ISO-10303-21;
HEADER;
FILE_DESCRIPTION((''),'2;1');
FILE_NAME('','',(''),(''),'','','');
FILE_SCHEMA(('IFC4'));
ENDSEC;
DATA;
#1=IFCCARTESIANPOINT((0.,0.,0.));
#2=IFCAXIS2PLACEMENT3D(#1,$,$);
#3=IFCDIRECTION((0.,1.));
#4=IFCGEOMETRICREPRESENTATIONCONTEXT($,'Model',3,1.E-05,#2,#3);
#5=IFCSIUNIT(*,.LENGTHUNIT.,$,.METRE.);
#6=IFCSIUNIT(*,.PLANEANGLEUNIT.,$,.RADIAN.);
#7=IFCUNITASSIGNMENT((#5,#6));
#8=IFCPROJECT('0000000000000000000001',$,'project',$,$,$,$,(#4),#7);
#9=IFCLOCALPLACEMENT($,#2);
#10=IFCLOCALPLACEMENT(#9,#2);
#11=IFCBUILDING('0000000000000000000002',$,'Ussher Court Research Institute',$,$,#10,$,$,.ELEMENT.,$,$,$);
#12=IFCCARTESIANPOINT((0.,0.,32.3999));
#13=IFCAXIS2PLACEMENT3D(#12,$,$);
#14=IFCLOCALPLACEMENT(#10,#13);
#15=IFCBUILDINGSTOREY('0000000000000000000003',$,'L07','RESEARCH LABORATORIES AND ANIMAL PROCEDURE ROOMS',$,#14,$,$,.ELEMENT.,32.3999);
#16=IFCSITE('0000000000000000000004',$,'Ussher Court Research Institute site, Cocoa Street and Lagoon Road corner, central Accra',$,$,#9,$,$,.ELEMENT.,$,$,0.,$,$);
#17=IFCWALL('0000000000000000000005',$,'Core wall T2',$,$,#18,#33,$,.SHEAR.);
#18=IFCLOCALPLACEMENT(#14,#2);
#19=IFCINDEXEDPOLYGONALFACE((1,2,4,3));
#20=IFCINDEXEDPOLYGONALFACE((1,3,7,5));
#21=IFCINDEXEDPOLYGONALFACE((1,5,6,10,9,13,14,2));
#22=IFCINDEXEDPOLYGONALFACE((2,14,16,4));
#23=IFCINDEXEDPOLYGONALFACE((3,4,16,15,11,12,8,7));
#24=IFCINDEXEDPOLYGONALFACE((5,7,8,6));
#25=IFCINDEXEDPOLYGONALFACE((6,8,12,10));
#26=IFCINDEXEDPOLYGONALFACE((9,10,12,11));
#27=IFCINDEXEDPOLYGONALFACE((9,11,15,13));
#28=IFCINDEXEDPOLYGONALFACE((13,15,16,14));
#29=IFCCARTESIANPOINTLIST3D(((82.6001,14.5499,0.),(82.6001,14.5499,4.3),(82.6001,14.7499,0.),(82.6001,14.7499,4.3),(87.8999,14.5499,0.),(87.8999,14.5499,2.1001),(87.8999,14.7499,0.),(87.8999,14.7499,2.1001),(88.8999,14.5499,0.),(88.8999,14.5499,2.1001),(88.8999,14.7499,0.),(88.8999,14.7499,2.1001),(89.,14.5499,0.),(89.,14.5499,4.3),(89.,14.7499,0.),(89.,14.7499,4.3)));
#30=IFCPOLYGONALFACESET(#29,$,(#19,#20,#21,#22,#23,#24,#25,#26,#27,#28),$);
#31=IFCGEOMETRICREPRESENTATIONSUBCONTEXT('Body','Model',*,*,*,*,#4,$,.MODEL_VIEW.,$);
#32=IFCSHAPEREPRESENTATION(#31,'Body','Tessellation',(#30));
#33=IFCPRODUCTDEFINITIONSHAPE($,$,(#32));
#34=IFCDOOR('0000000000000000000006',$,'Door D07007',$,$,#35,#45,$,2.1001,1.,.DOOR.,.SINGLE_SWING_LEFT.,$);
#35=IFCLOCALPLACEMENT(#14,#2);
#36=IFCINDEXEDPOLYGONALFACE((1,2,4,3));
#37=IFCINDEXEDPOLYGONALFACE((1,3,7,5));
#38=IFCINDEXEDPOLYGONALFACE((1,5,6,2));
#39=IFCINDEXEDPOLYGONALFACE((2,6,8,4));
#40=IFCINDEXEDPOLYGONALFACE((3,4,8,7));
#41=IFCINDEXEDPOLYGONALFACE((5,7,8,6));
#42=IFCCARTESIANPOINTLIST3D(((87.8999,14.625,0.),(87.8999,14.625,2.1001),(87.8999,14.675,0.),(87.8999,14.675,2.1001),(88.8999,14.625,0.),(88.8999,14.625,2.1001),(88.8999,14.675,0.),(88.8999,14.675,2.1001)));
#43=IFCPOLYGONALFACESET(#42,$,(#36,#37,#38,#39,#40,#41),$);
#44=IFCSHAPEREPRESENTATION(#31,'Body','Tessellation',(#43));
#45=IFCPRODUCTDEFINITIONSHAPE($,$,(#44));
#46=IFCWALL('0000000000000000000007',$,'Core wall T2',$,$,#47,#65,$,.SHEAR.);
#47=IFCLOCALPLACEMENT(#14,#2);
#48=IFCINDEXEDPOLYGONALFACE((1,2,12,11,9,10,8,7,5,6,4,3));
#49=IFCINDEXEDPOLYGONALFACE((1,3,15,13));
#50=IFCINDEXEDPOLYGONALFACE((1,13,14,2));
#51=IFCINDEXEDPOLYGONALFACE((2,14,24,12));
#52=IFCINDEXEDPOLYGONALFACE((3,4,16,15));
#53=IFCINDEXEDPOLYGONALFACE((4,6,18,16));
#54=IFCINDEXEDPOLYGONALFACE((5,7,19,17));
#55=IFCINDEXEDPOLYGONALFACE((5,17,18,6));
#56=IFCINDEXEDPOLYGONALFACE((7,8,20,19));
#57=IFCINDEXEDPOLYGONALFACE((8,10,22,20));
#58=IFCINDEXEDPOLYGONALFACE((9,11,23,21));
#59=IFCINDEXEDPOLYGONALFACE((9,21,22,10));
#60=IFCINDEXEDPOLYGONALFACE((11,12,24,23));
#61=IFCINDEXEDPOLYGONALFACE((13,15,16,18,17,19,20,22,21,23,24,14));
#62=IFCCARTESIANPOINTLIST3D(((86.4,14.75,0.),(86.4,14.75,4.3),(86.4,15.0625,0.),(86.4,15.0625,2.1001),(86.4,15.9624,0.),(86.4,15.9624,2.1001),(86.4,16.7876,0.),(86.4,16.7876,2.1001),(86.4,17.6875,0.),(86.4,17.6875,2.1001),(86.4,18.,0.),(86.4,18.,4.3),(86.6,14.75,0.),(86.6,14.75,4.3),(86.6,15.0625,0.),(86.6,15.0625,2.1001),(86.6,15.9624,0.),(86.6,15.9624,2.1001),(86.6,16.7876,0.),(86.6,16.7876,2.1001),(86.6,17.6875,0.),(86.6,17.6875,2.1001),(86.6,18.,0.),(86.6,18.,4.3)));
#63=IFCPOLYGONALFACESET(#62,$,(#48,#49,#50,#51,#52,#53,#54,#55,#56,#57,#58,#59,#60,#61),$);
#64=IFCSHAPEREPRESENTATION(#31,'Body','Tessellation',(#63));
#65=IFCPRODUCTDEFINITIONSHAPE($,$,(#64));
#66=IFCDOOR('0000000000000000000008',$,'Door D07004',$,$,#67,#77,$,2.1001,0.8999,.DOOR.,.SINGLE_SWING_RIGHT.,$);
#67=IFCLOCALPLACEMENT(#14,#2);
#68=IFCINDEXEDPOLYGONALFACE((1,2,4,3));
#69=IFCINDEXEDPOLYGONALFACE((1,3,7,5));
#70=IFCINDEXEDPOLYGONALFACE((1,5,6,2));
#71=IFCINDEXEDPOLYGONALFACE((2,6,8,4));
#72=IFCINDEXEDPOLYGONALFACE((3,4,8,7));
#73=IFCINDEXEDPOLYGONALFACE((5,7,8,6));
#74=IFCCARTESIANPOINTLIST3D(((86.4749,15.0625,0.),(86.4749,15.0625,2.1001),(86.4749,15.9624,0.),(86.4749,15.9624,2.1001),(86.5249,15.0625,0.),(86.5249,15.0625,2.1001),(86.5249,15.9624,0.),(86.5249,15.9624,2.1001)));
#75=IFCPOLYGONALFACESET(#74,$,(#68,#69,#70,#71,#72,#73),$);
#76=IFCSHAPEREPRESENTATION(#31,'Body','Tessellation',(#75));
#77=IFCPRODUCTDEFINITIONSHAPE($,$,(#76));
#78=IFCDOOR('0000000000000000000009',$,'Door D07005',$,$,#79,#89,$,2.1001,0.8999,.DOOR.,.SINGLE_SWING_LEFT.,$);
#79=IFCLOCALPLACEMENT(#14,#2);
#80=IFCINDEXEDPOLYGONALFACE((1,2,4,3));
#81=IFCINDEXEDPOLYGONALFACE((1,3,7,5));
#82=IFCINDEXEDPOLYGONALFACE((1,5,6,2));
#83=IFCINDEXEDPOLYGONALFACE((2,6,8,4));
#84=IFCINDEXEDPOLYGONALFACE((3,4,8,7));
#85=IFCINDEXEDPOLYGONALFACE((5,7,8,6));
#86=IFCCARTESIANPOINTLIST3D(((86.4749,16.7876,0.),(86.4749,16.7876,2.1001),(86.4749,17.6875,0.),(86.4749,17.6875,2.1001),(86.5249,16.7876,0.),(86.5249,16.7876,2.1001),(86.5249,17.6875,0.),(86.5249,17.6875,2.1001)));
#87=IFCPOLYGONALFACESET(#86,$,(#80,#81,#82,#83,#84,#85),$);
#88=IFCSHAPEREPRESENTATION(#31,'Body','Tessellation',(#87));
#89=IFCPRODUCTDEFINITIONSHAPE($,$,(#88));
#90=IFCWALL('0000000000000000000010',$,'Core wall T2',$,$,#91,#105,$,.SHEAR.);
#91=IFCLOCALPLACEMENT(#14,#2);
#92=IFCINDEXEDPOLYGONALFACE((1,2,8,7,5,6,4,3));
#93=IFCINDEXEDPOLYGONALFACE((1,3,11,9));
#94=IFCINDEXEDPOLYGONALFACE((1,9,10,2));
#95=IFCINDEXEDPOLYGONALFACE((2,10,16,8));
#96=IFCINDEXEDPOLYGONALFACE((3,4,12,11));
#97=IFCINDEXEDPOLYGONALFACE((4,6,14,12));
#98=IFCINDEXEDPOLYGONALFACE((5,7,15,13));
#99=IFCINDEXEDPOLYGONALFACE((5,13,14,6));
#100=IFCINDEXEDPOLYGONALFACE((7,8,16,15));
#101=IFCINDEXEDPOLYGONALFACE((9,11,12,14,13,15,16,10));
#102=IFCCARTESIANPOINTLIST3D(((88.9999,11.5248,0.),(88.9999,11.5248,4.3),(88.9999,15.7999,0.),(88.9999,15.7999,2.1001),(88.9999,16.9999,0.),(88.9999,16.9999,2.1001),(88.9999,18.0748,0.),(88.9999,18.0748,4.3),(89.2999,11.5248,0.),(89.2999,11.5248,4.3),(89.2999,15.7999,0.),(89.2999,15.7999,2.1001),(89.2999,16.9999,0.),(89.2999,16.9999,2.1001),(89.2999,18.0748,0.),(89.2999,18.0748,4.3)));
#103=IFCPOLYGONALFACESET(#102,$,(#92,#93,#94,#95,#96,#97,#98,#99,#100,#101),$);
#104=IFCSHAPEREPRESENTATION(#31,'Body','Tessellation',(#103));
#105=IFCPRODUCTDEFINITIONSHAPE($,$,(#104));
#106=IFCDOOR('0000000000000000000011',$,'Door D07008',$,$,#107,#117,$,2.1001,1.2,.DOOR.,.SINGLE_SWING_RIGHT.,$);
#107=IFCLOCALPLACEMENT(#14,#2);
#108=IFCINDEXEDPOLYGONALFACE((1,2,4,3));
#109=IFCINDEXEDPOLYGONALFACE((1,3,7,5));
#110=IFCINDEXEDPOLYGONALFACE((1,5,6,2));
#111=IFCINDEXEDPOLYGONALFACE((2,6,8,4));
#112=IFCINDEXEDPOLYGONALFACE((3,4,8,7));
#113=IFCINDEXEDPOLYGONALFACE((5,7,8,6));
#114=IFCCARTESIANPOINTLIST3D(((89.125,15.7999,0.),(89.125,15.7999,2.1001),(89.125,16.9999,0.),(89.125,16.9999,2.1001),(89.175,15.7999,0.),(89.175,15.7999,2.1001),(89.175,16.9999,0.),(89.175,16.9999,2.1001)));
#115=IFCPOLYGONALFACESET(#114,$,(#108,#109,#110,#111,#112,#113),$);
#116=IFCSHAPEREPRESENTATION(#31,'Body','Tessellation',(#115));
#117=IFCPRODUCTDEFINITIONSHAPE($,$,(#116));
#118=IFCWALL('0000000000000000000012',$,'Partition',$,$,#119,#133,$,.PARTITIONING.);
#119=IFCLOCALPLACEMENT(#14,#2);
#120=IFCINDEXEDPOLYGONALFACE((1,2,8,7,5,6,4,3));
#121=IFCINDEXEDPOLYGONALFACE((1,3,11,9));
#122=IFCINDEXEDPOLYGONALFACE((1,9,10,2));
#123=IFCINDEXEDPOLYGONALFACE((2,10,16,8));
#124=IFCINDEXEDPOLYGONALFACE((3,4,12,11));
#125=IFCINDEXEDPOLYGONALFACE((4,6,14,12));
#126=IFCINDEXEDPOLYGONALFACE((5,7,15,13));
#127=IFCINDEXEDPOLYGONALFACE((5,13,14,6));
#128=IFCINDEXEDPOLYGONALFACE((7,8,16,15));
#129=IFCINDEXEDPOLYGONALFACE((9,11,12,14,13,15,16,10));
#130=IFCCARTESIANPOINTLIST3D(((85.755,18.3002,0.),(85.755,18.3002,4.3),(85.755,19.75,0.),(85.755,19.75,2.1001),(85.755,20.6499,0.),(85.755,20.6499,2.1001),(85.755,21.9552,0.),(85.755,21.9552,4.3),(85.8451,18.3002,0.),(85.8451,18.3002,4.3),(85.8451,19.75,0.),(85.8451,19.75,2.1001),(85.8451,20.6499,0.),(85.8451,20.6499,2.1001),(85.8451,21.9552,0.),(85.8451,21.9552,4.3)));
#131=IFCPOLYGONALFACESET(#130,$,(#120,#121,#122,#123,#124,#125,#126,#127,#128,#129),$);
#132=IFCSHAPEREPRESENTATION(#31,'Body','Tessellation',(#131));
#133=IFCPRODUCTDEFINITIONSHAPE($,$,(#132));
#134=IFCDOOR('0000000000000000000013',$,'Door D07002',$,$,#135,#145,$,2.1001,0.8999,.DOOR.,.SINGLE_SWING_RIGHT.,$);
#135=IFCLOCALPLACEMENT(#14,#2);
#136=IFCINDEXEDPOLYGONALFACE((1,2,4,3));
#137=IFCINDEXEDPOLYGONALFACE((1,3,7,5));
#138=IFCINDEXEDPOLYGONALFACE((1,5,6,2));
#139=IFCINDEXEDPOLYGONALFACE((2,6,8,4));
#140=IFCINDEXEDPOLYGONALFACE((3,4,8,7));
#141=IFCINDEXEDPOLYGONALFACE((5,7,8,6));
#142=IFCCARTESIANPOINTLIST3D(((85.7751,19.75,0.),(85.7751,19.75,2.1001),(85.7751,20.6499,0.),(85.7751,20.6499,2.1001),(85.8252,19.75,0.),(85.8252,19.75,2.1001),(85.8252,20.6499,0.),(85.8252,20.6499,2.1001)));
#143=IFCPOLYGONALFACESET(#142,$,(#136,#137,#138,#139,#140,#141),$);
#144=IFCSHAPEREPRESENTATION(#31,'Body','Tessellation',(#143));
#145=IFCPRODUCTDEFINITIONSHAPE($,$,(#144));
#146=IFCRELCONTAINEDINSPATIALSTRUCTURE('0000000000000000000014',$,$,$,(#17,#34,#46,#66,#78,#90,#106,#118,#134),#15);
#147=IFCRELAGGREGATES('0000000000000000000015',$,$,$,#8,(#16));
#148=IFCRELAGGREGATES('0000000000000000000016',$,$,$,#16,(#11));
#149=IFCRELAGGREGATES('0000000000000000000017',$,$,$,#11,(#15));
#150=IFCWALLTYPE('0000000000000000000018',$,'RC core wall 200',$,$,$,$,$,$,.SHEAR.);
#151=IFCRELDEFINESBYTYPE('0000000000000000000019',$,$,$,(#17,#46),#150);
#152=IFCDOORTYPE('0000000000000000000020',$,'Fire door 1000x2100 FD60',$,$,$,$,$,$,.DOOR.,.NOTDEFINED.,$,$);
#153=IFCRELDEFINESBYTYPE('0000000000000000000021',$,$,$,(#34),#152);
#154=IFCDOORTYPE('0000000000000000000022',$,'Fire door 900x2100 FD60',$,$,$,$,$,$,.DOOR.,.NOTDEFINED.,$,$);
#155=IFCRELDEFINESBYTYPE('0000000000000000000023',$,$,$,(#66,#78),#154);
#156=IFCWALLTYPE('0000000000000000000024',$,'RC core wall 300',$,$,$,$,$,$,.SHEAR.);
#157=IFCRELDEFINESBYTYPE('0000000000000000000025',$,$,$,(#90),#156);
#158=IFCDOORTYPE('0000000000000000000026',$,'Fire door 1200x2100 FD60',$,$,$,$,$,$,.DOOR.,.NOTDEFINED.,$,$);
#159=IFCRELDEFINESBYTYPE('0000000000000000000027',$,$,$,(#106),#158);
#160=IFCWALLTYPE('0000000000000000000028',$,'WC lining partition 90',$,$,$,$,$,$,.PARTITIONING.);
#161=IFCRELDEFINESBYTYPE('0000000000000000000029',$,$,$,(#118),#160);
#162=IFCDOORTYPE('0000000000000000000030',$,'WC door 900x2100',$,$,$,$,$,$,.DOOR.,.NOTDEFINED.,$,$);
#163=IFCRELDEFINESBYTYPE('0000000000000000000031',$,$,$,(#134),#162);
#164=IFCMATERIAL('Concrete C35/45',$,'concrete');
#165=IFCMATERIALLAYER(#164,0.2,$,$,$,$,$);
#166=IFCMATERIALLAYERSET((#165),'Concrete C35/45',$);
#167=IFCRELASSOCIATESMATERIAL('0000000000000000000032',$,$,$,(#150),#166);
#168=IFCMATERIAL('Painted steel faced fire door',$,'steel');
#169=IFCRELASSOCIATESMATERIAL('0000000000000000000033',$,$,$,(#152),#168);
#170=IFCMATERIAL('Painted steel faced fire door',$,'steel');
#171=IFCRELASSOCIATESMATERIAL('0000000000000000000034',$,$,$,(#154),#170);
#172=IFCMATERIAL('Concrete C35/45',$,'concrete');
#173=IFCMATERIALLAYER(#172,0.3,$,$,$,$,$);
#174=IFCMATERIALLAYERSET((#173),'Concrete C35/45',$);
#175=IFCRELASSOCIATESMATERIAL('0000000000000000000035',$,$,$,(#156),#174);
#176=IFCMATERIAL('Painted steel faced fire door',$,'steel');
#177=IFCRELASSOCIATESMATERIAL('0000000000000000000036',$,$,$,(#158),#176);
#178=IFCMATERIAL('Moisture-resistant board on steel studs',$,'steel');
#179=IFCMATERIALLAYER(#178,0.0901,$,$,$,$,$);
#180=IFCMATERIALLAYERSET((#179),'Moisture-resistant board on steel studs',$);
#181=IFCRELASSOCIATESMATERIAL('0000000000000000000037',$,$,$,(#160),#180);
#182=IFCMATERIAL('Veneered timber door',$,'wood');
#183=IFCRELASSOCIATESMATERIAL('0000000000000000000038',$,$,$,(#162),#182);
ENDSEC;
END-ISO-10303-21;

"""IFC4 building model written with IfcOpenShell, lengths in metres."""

from ifc_helpers import new_model, si_unit, direction, frame, frame_2d, origin, place, context, subcontext, project, spatial, rectangle, extrude, material, layer, layer_set, type_object, element, fill, save


model = new_model("IFC4")

# Units and contexts
model_context = context("Model", 3, precision=1e-05, world=origin(), true_north=direction((0.0, 1.0)))
body_context = subcontext(model_context, "Body", "Model", "MODEL_VIEW")
ifc_project = project(units=[si_unit("LENGTHUNIT", "METRE"), si_unit("PLANEANGLEUNIT", "RADIAN")], contexts=[model_context])

# Site, building, storey
site_placement = place(None, origin())
site = spatial("IfcSite", under=ifc_project, at=site_placement, Name="Ussher Court Research Institute site, Cocoa Street and Lagoon Road corner, central Accra", CompositionType="ELEMENT", RefElevation=0.0)
building_placement = place(site_placement, origin())
building = spatial("IfcBuilding", under=site, at=building_placement, Name="Ussher Court Research Institute", CompositionType="ELEMENT")
storey_placement = place(building_placement, frame((0.0, 0.0, 32.3999)))
storey = spatial("IfcBuildingStorey", under=building, at=storey_placement, Name="L07", Description="RESEARCH LABORATORIES AND ANIMAL PROCEDURE ROOMS", CompositionType="ELEMENT", Elevation=32.3999)

# Wall, opening, door
ifc_material_1 = material(Name="Concrete C35/45", Category="concrete")
ifc_layer_1 = layer(ifc_material_1, 0.2)
ifc_layer_set_1 = layer_set([ifc_layer_1], Name="Concrete C35/45")
wall_type_1 = type_object("IfcWallType", Name="RC core wall 200", PredefinedType="SHEAR", material=ifc_layer_set_1)
wall_1_placement = place(storey_placement, frame((89.0, 14.6499, 0.0), z_axis=(0.0, 0.0, 1.0), x_axis=(-1.0, 0.0, 0.0)))
wall_1 = element("IfcWall", 1, at=wall_1_placement, inside=storey, type_object=wall_type_1, Name="Core wall T2", PredefinedType="SHEAR", context=body_context, shape_type="SweptSolid", body=[
    extrude(rectangle(XDim=6.3999, YDim=0.2, at=frame_2d((3.2, 0.0))), origin(), (0.0, 0.0, 1.0), 4.3),
])
opening_1_placement = place(wall_1_placement, frame((0.1001, 0.0, 0.0)))
opening_1 = element("IfcOpeningElement", 2, at=opening_1_placement, cuts=wall_1, PredefinedType="OPENING", context=body_context, shape_type="SweptSolid", body=[
    extrude(rectangle(XDim=1.0, YDim=2.1001, at=frame_2d((0.5, 1.05))), frame((0.0, 0.1099, 0.0), z_axis=(0.0, -1.0, 0.0), x_axis=(1.0, 0.0, 0.0)), (0.0, 0.0, 1.0), 0.22),
])
ifc_material_2 = material(Name="Painted steel faced fire door", Category="steel")
door_type_1 = type_object("IfcDoorType", Name="Fire door 1000x2100 FD60", OperationType="NOTDEFINED", PredefinedType="DOOR", material=ifc_material_2)
door_1_placement = place(opening_1_placement, origin())
door_1 = element("IfcDoor", 3, at=door_1_placement, inside=storey, type_object=door_type_1, Name="Door D07007", OperationType="SINGLE_SWING_LEFT", OverallHeight=2.1001, OverallWidth=1.0, PredefinedType="DOOR", context=body_context, shape_type="SweptSolid", body=[
    extrude(rectangle(XDim=1.0, YDim=2.1001, at=frame_2d((0.5, 1.05))), frame((0.0, 0.0249, 0.0), z_axis=(0.0, -1.0, 0.0), x_axis=(1.0, 0.0, 0.0)), (0.0, 0.0, 1.0), 0.05),
])
fill(opening_1, door_1)

# Wall, openings, doors
wall_2_placement = place(storey_placement, frame((86.5, 18.0, 0.0), z_axis=(0.0, 0.0, 1.0), x_axis=(0.0, -1.0, 0.0)))
wall_2 = element("IfcWall", 4, at=wall_2_placement, inside=storey, type_object=wall_type_1, Name="Core wall T2", PredefinedType="SHEAR", context=body_context, shape_type="SweptSolid", body=[
    extrude(rectangle(XDim=3.25, YDim=0.2, at=frame_2d((1.625, 0.0))), origin(), (0.0, 0.0, 1.0), 4.3),
])
opening_2_placement = place(wall_2_placement, frame((2.0376, 0.0, 0.0)))
opening_2 = element("IfcOpeningElement", 5, at=opening_2_placement, cuts=wall_2, PredefinedType="OPENING", context=body_context, shape_type="SweptSolid", body=[
    extrude(rectangle(XDim=0.8999, YDim=2.1001, at=frame_2d((0.45, 1.05))), frame((0.0, 0.1099, 0.0), z_axis=(0.0, -1.0, 0.0), x_axis=(1.0, 0.0, 0.0)), (0.0, 0.0, 1.0), 0.22),
])
opening_3_placement = place(wall_2_placement, frame((0.3125, 0.0, 0.0)))
opening_3 = element("IfcOpeningElement", 6, at=opening_3_placement, cuts=wall_2, PredefinedType="OPENING", context=body_context, shape_type="SweptSolid", body=[
    extrude(rectangle(XDim=0.8999, YDim=2.1001, at=frame_2d((0.45, 1.05))), frame((0.0, 0.1099, 0.0), z_axis=(0.0, -1.0, 0.0), x_axis=(1.0, 0.0, 0.0)), (0.0, 0.0, 1.0), 0.22),
])
ifc_material_3 = material(Name="Painted steel faced fire door", Category="steel")
door_type_2 = type_object("IfcDoorType", Name="Fire door 900x2100 FD60", OperationType="NOTDEFINED", PredefinedType="DOOR", material=ifc_material_3)
door_2_placement = place(opening_2_placement, origin())
door_2 = element("IfcDoor", 7, at=door_2_placement, inside=storey, type_object=door_type_2, Name="Door D07004", OperationType="SINGLE_SWING_RIGHT", OverallHeight=2.1001, OverallWidth=0.8999, PredefinedType="DOOR", context=body_context, shape_type="SweptSolid", body=[
    extrude(rectangle(XDim=0.8999, YDim=2.1001, at=frame_2d((0.45, 1.05))), frame((0.0, 0.0249, 0.0), z_axis=(0.0, -1.0, 0.0), x_axis=(1.0, 0.0, 0.0)), (0.0, 0.0, 1.0), 0.05),
])
fill(opening_2, door_2)
door_3_placement = place(opening_3_placement, origin())
door_3 = element("IfcDoor", 8, at=door_3_placement, inside=storey, type_object=door_type_2, Name="Door D07005", OperationType="SINGLE_SWING_LEFT", OverallHeight=2.1001, OverallWidth=0.8999, PredefinedType="DOOR", context=body_context, shape_type="SweptSolid", body=[
    extrude(rectangle(XDim=0.8999, YDim=2.1001, at=frame_2d((0.45, 1.05))), frame((0.0, 0.0249, 0.0), z_axis=(0.0, -1.0, 0.0), x_axis=(1.0, 0.0, 0.0)), (0.0, 0.0, 1.0), 0.05),
])
fill(opening_3, door_3)

# Walls, openings, doors
ifc_material_4 = material(Name="Concrete C35/45", Category="concrete")
ifc_layer_2 = layer(ifc_material_4, 0.3)
ifc_layer_set_2 = layer_set([ifc_layer_2], Name="Concrete C35/45")
wall_type_2 = type_object("IfcWallType", Name="RC core wall 300", PredefinedType="SHEAR", material=ifc_layer_set_2)
wall_3_placement = place(storey_placement, frame((89.1499, 11.5249, 0.0), z_axis=(0.0, 0.0, 1.0), x_axis=(0.0, 1.0, 0.0)))
wall_3 = element("IfcWall", 9, at=wall_3_placement, inside=storey, type_object=wall_type_2, Name="Core wall T2", PredefinedType="SHEAR", context=body_context, shape_type="SweptSolid", body=[
    extrude(rectangle(XDim=6.55, YDim=0.3, at=frame_2d((3.2749, 0.0))), origin(), (0.0, 0.0, 1.0), 4.3),
])
opening_4_placement = place(wall_3_placement, frame((4.2749, 0.0, 0.0)))
opening_4 = element("IfcOpeningElement", 10, at=opening_4_placement, cuts=wall_3, PredefinedType="OPENING", context=body_context, shape_type="SweptSolid", body=[
    extrude(rectangle(XDim=1.2, YDim=2.1001, at=frame_2d((0.6001, 1.05))), frame((0.0, 0.1602, 0.0), z_axis=(0.0, -1.0, 0.0), x_axis=(1.0, 0.0, 0.0)), (0.0, 0.0, 1.0), 0.3201),
])
ifc_material_5 = material(Name="Painted steel faced fire door", Category="steel")
door_type_3 = type_object("IfcDoorType", Name="Fire door 1200x2100 FD60", OperationType="NOTDEFINED", PredefinedType="DOOR", material=ifc_material_5)
door_4_placement = place(opening_4_placement, origin())
door_4 = element("IfcDoor", 11, at=door_4_placement, inside=storey, type_object=door_type_3, Name="Door D07008", OperationType="SINGLE_SWING_RIGHT", OverallHeight=2.1001, OverallWidth=1.2, PredefinedType="DOOR", context=body_context, shape_type="SweptSolid", body=[
    extrude(rectangle(XDim=1.2, YDim=2.1001, at=frame_2d((0.6001, 1.05))), frame((0.0, 0.0249, 0.0), z_axis=(0.0, -1.0, 0.0), x_axis=(1.0, 0.0, 0.0)), (0.0, 0.0, 1.0), 0.05),
])
fill(opening_4, door_4)
ifc_material_6 = material(Name="Moisture-resistant board on steel studs", Category="steel")
ifc_layer_3 = layer(ifc_material_6, 0.0901)
ifc_layer_set_3 = layer_set([ifc_layer_3], Name="Moisture-resistant board on steel studs")
wall_type_3 = type_object("IfcWallType", Name="WC lining partition 90", PredefinedType="PARTITIONING", material=ifc_layer_set_3)
wall_4_placement = place(storey_placement, frame((85.8, 18.3, 0.0), z_axis=(0.0, 0.0, 1.0), x_axis=(0.0, 1.0, 0.0)))
wall_4 = element("IfcWall", 12, at=wall_4_placement, inside=storey, type_object=wall_type_3, Name="Partition", PredefinedType="PARTITIONING", context=body_context, shape_type="SweptSolid", body=[
    extrude(rectangle(XDim=3.655, YDim=0.0901, at=frame_2d((1.8276, 0.0))), origin(), (0.0, 0.0, 1.0), 4.3),
])
opening_5_placement = place(wall_4_placement, frame((1.45, 0.0, 0.0)))
opening_5 = element("IfcOpeningElement", 13, at=opening_5_placement, cuts=wall_4, PredefinedType="OPENING", context=body_context, shape_type="SweptSolid", body=[
    extrude(rectangle(XDim=0.8999, YDim=2.1001, at=frame_2d((0.45, 1.05))), frame((0.0, 0.0552, 0.0), z_axis=(0.0, -1.0, 0.0), x_axis=(1.0, 0.0, 0.0)), (0.0, 0.0, 1.0), 0.1101),
])
ifc_material_7 = material(Name="Veneered timber door", Category="wood")
door_type_4 = type_object("IfcDoorType", Name="WC door 900x2100", OperationType="NOTDEFINED", PredefinedType="DOOR", material=ifc_material_7)
door_5_placement = place(opening_5_placement, origin())
door_5 = element("IfcDoor", 14, at=door_5_placement, inside=storey, type_object=door_type_4, Name="Door D07002", OperationType="SINGLE_SWING_RIGHT", OverallHeight=2.1001, OverallWidth=0.8999, PredefinedType="DOOR", context=body_context, shape_type="SweptSolid", body=[
    extrude(rectangle(XDim=0.8999, YDim=2.1001, at=frame_2d((0.45, 1.05))), frame((0.0, 0.0249, 0.0), z_axis=(0.0, -1.0, 0.0), x_axis=(1.0, 0.0, 0.0)), (0.0, 0.0, 1.0), 0.05),
])
fill(opening_5, door_5)

save(model, "model.ifc")
